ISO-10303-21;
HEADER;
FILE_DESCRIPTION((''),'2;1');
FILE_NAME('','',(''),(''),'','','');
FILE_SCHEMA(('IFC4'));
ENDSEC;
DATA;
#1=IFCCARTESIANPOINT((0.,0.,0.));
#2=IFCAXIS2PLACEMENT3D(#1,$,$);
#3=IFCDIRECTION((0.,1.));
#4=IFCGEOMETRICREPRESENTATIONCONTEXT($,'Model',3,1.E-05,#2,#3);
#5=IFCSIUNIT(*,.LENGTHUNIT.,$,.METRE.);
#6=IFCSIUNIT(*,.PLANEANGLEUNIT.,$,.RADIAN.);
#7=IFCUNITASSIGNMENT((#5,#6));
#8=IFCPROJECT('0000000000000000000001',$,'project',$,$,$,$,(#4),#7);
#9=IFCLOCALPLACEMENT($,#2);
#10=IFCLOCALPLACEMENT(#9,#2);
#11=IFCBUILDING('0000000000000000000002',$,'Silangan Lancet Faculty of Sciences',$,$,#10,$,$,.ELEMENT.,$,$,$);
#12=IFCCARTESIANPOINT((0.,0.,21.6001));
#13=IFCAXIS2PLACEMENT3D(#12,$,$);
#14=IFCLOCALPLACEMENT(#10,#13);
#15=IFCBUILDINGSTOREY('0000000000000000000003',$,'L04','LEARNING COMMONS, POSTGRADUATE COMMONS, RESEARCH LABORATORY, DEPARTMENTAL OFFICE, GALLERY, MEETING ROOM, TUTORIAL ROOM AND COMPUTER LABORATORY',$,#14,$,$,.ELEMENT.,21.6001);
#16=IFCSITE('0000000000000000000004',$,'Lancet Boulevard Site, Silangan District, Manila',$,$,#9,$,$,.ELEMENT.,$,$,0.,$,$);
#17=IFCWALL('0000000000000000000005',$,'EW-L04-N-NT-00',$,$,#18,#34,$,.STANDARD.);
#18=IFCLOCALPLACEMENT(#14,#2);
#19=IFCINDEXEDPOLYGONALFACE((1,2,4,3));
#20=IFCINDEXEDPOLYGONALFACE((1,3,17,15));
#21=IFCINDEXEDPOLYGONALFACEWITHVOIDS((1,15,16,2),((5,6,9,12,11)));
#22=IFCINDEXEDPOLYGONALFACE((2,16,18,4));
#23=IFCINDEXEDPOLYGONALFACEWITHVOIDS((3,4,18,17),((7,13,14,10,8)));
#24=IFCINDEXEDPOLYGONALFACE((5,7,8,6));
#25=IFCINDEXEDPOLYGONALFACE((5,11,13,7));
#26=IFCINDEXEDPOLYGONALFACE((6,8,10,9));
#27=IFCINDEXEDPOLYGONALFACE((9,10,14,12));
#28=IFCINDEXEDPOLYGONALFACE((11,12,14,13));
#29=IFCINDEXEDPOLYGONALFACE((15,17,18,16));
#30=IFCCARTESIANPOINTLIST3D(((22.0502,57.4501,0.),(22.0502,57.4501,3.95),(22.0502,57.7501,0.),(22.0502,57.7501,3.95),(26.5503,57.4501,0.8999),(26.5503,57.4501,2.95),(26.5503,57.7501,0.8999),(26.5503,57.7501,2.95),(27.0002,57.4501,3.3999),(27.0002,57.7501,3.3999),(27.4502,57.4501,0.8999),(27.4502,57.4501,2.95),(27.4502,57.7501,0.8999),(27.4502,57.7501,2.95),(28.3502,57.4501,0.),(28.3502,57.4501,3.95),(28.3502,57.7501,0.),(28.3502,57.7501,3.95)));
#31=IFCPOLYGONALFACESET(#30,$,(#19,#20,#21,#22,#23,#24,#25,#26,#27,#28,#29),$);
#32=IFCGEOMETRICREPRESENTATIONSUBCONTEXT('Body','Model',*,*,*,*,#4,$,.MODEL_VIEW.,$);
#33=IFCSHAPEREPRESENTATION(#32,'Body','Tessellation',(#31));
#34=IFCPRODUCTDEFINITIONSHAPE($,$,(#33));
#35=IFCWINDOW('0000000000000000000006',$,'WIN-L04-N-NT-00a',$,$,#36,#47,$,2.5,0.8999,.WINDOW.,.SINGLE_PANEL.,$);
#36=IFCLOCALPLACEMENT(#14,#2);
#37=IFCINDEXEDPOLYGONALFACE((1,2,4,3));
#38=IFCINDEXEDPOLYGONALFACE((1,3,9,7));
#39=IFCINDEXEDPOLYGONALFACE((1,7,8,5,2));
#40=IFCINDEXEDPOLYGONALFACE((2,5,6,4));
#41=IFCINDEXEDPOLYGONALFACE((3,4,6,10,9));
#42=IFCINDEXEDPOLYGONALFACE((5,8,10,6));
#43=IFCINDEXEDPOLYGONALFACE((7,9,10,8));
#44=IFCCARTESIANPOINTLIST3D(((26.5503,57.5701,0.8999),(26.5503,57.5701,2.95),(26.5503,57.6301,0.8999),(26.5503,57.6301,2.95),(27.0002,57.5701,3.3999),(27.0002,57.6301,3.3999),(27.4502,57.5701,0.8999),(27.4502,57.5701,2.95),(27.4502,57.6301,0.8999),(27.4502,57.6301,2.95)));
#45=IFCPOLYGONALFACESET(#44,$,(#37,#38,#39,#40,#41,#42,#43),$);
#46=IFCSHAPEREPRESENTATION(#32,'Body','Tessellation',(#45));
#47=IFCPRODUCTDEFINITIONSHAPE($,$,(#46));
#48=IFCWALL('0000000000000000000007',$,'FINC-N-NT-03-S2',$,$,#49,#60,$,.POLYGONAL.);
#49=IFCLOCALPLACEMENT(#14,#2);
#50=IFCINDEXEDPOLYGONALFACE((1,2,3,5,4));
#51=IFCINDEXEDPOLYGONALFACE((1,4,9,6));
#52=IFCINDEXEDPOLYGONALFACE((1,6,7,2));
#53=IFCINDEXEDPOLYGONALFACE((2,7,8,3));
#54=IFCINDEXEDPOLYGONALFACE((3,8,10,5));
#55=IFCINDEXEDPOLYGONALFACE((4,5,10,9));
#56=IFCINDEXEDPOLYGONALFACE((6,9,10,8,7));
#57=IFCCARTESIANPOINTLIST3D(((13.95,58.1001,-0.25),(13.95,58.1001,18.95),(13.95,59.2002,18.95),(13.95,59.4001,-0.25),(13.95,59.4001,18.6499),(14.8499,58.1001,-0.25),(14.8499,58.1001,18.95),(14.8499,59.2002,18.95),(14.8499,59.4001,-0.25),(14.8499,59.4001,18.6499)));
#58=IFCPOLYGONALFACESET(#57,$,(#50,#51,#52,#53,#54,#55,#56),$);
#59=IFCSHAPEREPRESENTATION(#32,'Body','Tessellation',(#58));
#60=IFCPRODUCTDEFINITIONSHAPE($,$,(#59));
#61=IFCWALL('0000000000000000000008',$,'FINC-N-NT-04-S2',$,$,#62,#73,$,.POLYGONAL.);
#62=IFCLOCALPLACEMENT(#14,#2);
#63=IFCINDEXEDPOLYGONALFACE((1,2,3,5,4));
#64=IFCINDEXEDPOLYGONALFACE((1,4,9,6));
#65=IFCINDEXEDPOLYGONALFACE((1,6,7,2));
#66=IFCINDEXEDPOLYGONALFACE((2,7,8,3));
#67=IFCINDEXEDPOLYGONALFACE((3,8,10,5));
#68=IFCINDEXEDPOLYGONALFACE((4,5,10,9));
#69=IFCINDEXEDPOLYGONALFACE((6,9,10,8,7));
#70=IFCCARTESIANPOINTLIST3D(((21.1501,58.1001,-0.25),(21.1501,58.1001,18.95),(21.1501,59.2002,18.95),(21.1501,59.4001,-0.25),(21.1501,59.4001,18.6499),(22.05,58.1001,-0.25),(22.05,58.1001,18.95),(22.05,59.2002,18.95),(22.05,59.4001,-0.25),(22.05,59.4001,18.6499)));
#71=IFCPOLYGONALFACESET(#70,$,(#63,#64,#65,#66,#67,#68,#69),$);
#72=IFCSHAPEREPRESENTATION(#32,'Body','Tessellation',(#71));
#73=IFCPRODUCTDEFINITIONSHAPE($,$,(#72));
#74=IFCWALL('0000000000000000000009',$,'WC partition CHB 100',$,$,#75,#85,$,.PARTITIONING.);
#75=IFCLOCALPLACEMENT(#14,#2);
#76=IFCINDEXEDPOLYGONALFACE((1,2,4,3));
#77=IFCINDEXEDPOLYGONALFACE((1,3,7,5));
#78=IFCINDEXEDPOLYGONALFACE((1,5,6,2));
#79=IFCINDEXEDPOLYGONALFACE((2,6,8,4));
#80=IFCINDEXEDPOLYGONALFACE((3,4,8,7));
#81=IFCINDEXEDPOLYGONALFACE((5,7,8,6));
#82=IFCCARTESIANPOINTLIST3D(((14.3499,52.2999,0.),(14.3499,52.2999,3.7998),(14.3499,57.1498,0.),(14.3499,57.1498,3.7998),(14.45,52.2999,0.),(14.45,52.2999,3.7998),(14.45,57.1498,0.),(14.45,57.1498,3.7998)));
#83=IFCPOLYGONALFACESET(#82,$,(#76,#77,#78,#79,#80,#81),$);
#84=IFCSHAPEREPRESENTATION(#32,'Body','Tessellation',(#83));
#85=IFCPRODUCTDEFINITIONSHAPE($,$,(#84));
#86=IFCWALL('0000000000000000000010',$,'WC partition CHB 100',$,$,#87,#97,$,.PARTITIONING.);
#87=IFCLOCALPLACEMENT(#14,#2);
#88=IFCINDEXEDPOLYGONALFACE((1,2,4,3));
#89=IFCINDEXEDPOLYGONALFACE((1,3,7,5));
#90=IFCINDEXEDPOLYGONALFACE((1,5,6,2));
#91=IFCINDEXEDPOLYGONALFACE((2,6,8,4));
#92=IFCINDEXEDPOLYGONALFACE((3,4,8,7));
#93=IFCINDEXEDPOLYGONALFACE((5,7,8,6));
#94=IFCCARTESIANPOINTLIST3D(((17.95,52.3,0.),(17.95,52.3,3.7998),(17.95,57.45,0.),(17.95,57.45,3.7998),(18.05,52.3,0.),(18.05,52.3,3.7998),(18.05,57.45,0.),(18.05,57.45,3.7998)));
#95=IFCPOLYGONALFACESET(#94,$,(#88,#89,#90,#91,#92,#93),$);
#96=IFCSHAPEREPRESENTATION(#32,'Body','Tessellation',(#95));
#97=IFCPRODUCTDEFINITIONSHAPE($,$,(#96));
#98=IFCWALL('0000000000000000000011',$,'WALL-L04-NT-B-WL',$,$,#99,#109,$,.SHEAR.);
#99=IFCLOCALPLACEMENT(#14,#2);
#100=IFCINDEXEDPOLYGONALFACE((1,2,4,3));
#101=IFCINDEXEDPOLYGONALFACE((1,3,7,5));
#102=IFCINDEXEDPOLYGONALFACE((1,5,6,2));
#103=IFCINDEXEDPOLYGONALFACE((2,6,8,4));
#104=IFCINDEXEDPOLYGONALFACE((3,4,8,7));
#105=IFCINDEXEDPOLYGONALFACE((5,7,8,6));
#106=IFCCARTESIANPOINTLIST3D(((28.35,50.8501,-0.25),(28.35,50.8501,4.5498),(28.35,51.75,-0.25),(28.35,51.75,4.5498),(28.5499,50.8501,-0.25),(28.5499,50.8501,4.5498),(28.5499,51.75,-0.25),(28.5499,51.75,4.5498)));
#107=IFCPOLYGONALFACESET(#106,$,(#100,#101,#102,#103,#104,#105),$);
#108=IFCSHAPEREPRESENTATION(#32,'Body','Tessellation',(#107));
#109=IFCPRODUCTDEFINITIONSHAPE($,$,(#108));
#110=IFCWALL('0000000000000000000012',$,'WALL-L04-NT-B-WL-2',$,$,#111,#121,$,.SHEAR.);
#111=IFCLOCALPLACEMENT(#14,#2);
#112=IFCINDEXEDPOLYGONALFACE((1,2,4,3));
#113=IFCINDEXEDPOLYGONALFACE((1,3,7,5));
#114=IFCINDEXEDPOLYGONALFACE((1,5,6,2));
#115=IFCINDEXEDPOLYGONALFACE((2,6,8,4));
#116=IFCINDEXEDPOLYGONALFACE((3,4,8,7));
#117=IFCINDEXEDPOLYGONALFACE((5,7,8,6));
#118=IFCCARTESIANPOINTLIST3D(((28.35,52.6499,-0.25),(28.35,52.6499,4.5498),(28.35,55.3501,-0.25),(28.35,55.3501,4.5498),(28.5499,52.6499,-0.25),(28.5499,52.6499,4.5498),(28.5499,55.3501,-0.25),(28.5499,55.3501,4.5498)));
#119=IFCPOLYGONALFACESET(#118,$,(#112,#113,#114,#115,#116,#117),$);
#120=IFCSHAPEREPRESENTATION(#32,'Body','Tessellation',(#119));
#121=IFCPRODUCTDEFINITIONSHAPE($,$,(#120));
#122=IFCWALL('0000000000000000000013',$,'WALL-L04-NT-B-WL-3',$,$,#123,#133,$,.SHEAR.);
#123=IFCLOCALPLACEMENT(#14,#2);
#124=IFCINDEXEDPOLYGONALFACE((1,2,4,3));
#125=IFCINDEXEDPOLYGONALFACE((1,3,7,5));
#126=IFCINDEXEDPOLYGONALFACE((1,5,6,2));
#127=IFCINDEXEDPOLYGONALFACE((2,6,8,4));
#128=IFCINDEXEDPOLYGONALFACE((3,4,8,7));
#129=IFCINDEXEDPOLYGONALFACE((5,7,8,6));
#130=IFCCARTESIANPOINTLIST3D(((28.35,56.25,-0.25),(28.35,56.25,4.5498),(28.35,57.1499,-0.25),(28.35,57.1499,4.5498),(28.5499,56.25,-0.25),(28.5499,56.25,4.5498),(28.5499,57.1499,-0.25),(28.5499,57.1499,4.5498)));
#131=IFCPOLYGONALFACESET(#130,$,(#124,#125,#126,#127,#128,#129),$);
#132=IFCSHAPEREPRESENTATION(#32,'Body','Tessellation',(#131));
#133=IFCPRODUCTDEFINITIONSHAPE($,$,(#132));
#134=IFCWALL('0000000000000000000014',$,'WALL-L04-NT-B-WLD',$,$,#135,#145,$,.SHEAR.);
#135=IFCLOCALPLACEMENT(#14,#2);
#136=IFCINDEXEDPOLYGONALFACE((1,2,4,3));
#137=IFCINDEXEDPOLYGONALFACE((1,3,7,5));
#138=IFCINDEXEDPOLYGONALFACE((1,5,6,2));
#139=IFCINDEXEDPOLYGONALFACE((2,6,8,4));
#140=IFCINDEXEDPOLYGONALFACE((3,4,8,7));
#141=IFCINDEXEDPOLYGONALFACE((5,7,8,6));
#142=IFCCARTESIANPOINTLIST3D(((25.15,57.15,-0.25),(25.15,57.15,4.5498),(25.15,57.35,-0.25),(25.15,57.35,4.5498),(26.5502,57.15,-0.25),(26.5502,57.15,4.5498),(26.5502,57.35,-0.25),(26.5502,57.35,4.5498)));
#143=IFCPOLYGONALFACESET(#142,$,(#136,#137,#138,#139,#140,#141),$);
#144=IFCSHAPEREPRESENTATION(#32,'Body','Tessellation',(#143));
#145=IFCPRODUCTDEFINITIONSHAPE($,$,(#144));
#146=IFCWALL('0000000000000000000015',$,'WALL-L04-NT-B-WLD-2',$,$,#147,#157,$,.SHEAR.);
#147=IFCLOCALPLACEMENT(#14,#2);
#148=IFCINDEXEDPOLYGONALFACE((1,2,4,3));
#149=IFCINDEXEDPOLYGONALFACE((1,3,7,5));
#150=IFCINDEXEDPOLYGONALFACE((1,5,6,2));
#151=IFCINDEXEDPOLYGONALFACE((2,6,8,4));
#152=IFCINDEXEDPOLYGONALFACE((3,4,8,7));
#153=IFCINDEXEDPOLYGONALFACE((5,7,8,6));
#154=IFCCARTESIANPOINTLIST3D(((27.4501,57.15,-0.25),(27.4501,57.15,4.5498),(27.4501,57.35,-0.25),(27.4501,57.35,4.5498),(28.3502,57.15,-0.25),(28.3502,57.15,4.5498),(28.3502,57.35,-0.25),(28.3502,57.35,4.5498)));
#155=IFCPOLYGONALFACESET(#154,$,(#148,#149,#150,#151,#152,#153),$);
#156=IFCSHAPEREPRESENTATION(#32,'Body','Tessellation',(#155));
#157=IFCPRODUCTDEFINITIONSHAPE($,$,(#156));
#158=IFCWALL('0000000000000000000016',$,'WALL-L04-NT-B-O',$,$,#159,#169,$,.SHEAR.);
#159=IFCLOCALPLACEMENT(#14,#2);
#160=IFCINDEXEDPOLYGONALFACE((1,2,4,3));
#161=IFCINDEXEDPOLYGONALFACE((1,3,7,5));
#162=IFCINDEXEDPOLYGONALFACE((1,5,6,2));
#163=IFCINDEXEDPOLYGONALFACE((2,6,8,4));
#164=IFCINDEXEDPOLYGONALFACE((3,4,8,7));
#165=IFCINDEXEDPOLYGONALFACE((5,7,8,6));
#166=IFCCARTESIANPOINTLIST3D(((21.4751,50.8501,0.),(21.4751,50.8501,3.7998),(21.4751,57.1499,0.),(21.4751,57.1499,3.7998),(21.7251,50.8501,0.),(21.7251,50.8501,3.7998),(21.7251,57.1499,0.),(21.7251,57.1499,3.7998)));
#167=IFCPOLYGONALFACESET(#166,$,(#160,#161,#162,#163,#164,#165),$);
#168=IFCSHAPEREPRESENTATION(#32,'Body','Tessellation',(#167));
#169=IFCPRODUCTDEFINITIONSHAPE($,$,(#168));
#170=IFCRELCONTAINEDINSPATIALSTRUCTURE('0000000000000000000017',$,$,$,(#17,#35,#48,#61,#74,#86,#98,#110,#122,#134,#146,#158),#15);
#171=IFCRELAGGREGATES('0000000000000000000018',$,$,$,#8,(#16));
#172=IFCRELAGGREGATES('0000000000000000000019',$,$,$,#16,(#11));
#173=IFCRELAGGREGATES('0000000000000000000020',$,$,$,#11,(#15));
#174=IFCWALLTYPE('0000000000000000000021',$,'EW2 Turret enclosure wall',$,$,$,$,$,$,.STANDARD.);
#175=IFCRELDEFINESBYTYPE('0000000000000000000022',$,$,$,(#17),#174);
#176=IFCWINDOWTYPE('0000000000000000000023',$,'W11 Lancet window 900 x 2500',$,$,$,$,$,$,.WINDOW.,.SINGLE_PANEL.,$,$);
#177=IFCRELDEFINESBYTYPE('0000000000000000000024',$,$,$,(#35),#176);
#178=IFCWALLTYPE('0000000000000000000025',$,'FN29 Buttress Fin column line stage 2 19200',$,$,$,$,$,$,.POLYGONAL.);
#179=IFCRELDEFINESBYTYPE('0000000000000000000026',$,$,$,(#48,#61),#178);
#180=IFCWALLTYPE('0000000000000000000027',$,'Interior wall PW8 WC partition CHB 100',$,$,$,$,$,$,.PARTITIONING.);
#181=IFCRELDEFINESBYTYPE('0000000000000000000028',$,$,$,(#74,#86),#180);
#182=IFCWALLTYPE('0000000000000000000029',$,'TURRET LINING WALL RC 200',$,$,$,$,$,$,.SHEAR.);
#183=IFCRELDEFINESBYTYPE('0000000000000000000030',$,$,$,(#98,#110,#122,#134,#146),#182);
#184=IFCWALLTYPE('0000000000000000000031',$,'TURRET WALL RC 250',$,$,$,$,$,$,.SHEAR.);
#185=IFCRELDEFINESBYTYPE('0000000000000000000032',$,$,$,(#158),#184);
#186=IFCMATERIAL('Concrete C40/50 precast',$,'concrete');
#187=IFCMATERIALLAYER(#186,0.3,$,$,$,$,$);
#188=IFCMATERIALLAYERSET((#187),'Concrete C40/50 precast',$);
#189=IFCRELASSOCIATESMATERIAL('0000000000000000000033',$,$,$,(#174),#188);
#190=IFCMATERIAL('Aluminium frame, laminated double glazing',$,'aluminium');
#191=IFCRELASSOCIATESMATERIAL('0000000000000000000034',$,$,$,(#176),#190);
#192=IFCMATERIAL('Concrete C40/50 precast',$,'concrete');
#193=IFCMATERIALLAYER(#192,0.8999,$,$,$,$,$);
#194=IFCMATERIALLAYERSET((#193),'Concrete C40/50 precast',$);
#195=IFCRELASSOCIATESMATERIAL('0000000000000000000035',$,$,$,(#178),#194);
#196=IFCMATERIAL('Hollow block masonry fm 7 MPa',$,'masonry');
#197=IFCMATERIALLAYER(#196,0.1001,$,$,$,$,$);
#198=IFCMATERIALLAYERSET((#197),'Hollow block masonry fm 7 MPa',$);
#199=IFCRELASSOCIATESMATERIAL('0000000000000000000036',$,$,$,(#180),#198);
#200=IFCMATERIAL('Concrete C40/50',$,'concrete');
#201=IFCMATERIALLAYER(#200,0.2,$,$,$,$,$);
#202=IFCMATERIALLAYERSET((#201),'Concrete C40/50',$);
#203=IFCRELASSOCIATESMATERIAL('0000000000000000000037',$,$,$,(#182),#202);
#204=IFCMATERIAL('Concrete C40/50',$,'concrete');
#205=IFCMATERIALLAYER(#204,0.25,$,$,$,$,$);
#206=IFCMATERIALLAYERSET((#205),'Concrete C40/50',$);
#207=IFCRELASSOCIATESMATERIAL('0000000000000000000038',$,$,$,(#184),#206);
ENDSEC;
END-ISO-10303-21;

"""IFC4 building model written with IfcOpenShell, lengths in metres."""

from ifc_helpers import new_model, si_unit, direction, frame, frame_2d, origin, place, context, subcontext, project, spatial, polyline, rectangle, outline, extrude, material, layer, layer_set, type_object, element, fill, save


model = new_model("IFC4")

# Units and contexts
model_context = context("Model", 3, precision=1e-05, world=origin(), true_north=direction((0.0, 1.0)))
body_context = subcontext(model_context, "Body", "Model", "MODEL_VIEW")
ifc_project = project(units=[si_unit("LENGTHUNIT", "METRE"), si_unit("PLANEANGLEUNIT", "RADIAN")], contexts=[model_context])

# Site, building, storey
site_placement = place(None, origin())
site = spatial("IfcSite", under=ifc_project, at=site_placement, Name="Lancet Boulevard Site, Silangan District, Manila", CompositionType="ELEMENT", RefElevation=0.0)
building_placement = place(site_placement, origin())
building = spatial("IfcBuilding", under=site, at=building_placement, Name="Silangan Lancet Faculty of Sciences", CompositionType="ELEMENT")
storey_placement = place(building_placement, frame((0.0, 0.0, 21.6001)))
storey = spatial("IfcBuildingStorey", under=building, at=storey_placement, Name="L04", Description="LEARNING COMMONS, POSTGRADUATE COMMONS, RESEARCH LABORATORY, DEPARTMENTAL OFFICE, GALLERY, MEETING ROOM, TUTORIAL ROOM AND COMPUTER LABORATORY", CompositionType="ELEMENT", Elevation=21.6001)

# Wall, opening, window
ifc_material_1 = material(Name="Concrete C40/50 precast", Category="concrete")
ifc_layer_1 = layer(ifc_material_1, 0.3)
ifc_layer_set_1 = layer_set([ifc_layer_1], Name="Concrete C40/50 precast")
wall_type_1 = type_object("IfcWallType", Name="EW2 Turret enclosure wall", PredefinedType="STANDARD", material=ifc_layer_set_1)
wall_1_placement = place(storey_placement, frame((28.3501, 57.6001, 0.0), z_axis=(0.0, 0.0, 1.0), x_axis=(-1.0, 0.0, 0.0)))
wall_1 = element("IfcWall", 1, at=wall_1_placement, inside=storey, type_object=wall_type_1, Name="EW-L04-N-NT-00", PredefinedType="STANDARD", context=body_context, shape_type="SweptSolid", body=[
    extrude(rectangle(XDim=6.3, YDim=0.3, at=frame_2d((3.1499, 0.0))), origin(), (0.0, 0.0, 1.0), 3.95),
])
opening_1_placement = place(wall_1_placement, frame((0.8999, 0.0, 0.8999)))
opening_1 = element("IfcOpeningElement", 2, at=opening_1_placement, cuts=wall_1, PredefinedType="OPENING", context=body_context, shape_type="SweptSolid", body=[
    extrude(outline(polyline([(0.0, 0.0), (0.8999, 0.0), (0.8999, 2.05), (0.45, 2.5), (0.0, 2.05), (0.0, 0.0)])), frame((0.0, 0.1599, 0.0), z_axis=(0.0, -1.0, 0.0), x_axis=(1.0, 0.0, 0.0)), (0.0, 0.0, 1.0), 0.3201),
])
ifc_material_2 = material(Name="Aluminium frame, laminated double glazing", Category="aluminium")
window_type_1 = type_object("IfcWindowType", Name="W11 Lancet window 900 x 2500", PartitioningType="SINGLE_PANEL", PredefinedType="WINDOW", material=ifc_material_2)
window_1_placement = place(opening_1_placement, origin())
window_1 = element("IfcWindow", 3, at=window_1_placement, inside=storey, type_object=window_type_1, Name="WIN-L04-N-NT-00a", OverallHeight=2.5, OverallWidth=0.8999, PartitioningType="SINGLE_PANEL", PredefinedType="WINDOW", context=body_context, shape_type="SweptSolid", body=[
    extrude(outline(polyline([(0.0, 0.0), (0.8999, 0.0), (0.8999, 2.05), (0.45, 2.5), (0.0, 2.05), (0.0, 0.0)])), frame((0.0, 0.03, 0.0), z_axis=(0.0, -1.0, 0.0), x_axis=(1.0, 0.0, 0.0)), (0.0, 0.0, 1.0), 0.0601),
])
fill(opening_1, window_1)

# Walls
ifc_material_3 = material(Name="Concrete C40/50 precast", Category="concrete")
ifc_layer_2 = layer(ifc_material_3, 0.8999)
ifc_layer_set_2 = layer_set([ifc_layer_2], Name="Concrete C40/50 precast")
wall_type_2 = type_object("IfcWallType", Name="FN29 Buttress Fin column line stage 2 19200", PredefinedType="POLYGONAL", material=ifc_layer_set_2)
for number, where, z_axis, x_axis, name in (
    (4, (14.3999, 58.1001, -0.25), (0.0, 0.0, 1.0), (0.0, 1.0, 0.0), "FINC-N-NT-03-S2"),
    (5, (21.6001, 58.1001, -0.25), (0.0, 0.0, 1.0), (0.0, 1.0, 0.0), "FINC-N-NT-04-S2"),
):
    element("IfcWall", number, at=place(storey_placement, frame(where, z_axis=z_axis, x_axis=x_axis)), inside=storey, type_object=wall_type_2, Name=name, PredefinedType="POLYGONAL", context=body_context, shape_type="SweptSolid", body=[
        extrude(outline(polyline([(1.3, 0.0), (1.3, 18.8999), (1.1001, 19.2), (0.0, 19.2), (0.0, 0.0), (1.3, 0.0)])), frame((0.0, 0.45, 0.0), z_axis=(0.0, -1.0, 0.0), x_axis=(1.0, 0.0, 0.0)), (0.0, 0.0, 1.0), 0.8999),
    ])
ifc_material_4 = material(Name="Hollow block masonry fm 7 MPa", Category="masonry")
ifc_layer_3 = layer(ifc_material_4, 0.1001)
ifc_layer_set_3 = layer_set([ifc_layer_3], Name="Hollow block masonry fm 7 MPa")
wall_type_3 = type_object("IfcWallType", Name="Interior wall PW8 WC partition CHB 100", PredefinedType="PARTITIONING", material=ifc_layer_set_3)
wall_2_placement = place(storey_placement, frame((14.3999, 52.3, 0.0), z_axis=(0.0, 0.0, 1.0), x_axis=(0.0, 1.0, 0.0)))
element("IfcWall", 6, at=wall_2_placement, inside=storey, type_object=wall_type_3, Name="WC partition CHB 100", PredefinedType="PARTITIONING", context=body_context, shape_type="SweptSolid", body=[
    extrude(rectangle(XDim=4.8499, YDim=0.1001, at=frame_2d((2.4248, 0.0))), origin(), (0.0, 0.0, 1.0), 3.7998),
])
wall_3_placement = place(storey_placement, frame((18.0, 52.3, 0.0), z_axis=(0.0, 0.0, 1.0), x_axis=(0.0, 1.0, 0.0)))
element("IfcWall", 7, at=wall_3_placement, inside=storey, type_object=wall_type_3, Name="WC partition CHB 100", PredefinedType="PARTITIONING", context=body_context, shape_type="SweptSolid", body=[
    extrude(rectangle(XDim=5.1499, YDim=0.1001, at=frame_2d((2.575, 0.0))), origin(), (0.0, 0.0, 1.0), 3.7998),
])
ifc_material_5 = material(Name="Concrete C40/50", Category="concrete")
ifc_layer_4 = layer(ifc_material_5, 0.2)
ifc_layer_set_4 = layer_set([ifc_layer_4], Name="Concrete C40/50")
wall_type_4 = type_object("IfcWallType", Name="TURRET LINING WALL RC 200", PredefinedType="SHEAR", material=ifc_layer_set_4)
wall_4_placement = place(storey_placement, frame((28.45, 50.8501, -0.25), z_axis=(0.0, 0.0, 1.0), x_axis=(0.0, 1.0, 0.0)))
element("IfcWall", 8, at=wall_4_placement, inside=storey, type_object=wall_type_4, Name="WALL-L04-NT-B-WL", PredefinedType="SHEAR", context=body_context, shape_type="SweptSolid", body=[
    extrude(rectangle(XDim=0.8999, YDim=0.2, at=frame_2d((0.45, 0.0))), origin(), (0.0, 0.0, 1.0), 4.7998),
])
wall_5_placement = place(storey_placement, frame((28.45, 52.6499, -0.25), z_axis=(0.0, 0.0, 1.0), x_axis=(0.0, 1.0, 0.0)))
element("IfcWall", 9, at=wall_5_placement, inside=storey, type_object=wall_type_4, Name="WALL-L04-NT-B-WL-2", PredefinedType="SHEAR", context=body_context, shape_type="SweptSolid", body=[
    extrude(rectangle(XDim=2.7002, YDim=0.2, at=frame_2d((1.3501, 0.0))), origin(), (0.0, 0.0, 1.0), 4.7998),
])
wall_6_placement = place(storey_placement, frame((28.45, 56.25, -0.25), z_axis=(0.0, 0.0, 1.0), x_axis=(0.0, 1.0, 0.0)))
element("IfcWall", 10, at=wall_6_placement, inside=storey, type_object=wall_type_4, Name="WALL-L04-NT-B-WL-3", PredefinedType="SHEAR", context=body_context, shape_type="SweptSolid", body=[
    extrude(rectangle(XDim=0.8999, YDim=0.2, at=frame_2d((0.45, 0.0))), origin(), (0.0, 0.0, 1.0), 4.7998),
])
wall_7_placement = place(storey_placement, frame((25.1499, 57.25, -0.25), z_axis=(0.0, 0.0, 1.0), x_axis=(1.0, 0.0, 0.0)))
element("IfcWall", 11, at=wall_7_placement, inside=storey, type_object=wall_type_4, Name="WALL-L04-NT-B-WLD", PredefinedType="SHEAR", context=body_context, shape_type="SweptSolid", body=[
    extrude(rectangle(XDim=1.4001, YDim=0.2, at=frame_2d((0.7002, 0.0))), origin(), (0.0, 0.0, 1.0), 4.7998),
])
wall_8_placement = place(storey_placement, frame((27.45, 57.25, -0.25), z_axis=(0.0, 0.0, 1.0), x_axis=(1.0, 0.0, 0.0)))
element("IfcWall", 12, at=wall_8_placement, inside=storey, type_object=wall_type_4, Name="WALL-L04-NT-B-WLD-2", PredefinedType="SHEAR", context=body_context, shape_type="SweptSolid", body=[
    extrude(rectangle(XDim=0.9001, YDim=0.2, at=frame_2d((0.4502, 0.0))), origin(), (0.0, 0.0, 1.0), 4.7998),
])
ifc_material_6 = material(Name="Concrete C40/50", Category="concrete")
ifc_layer_5 = layer(ifc_material_6, 0.25)
ifc_layer_set_5 = layer_set([ifc_layer_5], Name="Concrete C40/50")
wall_type_5 = type_object("IfcWallType", Name="TURRET WALL RC 250", PredefinedType="SHEAR", material=ifc_layer_set_5)
wall_9_placement = place(storey_placement, frame((21.6001, 50.8501, 0.0), z_axis=(0.0, 0.0, 1.0), x_axis=(0.0, 1.0, 0.0)))
element("IfcWall", 13, at=wall_9_placement, inside=storey, type_object=wall_type_5, Name="WALL-L04-NT-B-O", PredefinedType="SHEAR", context=body_context, shape_type="SweptSolid", body=[
    extrude(rectangle(XDim=6.2998, YDim=0.25, at=frame_2d((3.1499, 0.0))), origin(), (0.0, 0.0, 1.0), 3.7998),
])

save(model, "model.ifc")
